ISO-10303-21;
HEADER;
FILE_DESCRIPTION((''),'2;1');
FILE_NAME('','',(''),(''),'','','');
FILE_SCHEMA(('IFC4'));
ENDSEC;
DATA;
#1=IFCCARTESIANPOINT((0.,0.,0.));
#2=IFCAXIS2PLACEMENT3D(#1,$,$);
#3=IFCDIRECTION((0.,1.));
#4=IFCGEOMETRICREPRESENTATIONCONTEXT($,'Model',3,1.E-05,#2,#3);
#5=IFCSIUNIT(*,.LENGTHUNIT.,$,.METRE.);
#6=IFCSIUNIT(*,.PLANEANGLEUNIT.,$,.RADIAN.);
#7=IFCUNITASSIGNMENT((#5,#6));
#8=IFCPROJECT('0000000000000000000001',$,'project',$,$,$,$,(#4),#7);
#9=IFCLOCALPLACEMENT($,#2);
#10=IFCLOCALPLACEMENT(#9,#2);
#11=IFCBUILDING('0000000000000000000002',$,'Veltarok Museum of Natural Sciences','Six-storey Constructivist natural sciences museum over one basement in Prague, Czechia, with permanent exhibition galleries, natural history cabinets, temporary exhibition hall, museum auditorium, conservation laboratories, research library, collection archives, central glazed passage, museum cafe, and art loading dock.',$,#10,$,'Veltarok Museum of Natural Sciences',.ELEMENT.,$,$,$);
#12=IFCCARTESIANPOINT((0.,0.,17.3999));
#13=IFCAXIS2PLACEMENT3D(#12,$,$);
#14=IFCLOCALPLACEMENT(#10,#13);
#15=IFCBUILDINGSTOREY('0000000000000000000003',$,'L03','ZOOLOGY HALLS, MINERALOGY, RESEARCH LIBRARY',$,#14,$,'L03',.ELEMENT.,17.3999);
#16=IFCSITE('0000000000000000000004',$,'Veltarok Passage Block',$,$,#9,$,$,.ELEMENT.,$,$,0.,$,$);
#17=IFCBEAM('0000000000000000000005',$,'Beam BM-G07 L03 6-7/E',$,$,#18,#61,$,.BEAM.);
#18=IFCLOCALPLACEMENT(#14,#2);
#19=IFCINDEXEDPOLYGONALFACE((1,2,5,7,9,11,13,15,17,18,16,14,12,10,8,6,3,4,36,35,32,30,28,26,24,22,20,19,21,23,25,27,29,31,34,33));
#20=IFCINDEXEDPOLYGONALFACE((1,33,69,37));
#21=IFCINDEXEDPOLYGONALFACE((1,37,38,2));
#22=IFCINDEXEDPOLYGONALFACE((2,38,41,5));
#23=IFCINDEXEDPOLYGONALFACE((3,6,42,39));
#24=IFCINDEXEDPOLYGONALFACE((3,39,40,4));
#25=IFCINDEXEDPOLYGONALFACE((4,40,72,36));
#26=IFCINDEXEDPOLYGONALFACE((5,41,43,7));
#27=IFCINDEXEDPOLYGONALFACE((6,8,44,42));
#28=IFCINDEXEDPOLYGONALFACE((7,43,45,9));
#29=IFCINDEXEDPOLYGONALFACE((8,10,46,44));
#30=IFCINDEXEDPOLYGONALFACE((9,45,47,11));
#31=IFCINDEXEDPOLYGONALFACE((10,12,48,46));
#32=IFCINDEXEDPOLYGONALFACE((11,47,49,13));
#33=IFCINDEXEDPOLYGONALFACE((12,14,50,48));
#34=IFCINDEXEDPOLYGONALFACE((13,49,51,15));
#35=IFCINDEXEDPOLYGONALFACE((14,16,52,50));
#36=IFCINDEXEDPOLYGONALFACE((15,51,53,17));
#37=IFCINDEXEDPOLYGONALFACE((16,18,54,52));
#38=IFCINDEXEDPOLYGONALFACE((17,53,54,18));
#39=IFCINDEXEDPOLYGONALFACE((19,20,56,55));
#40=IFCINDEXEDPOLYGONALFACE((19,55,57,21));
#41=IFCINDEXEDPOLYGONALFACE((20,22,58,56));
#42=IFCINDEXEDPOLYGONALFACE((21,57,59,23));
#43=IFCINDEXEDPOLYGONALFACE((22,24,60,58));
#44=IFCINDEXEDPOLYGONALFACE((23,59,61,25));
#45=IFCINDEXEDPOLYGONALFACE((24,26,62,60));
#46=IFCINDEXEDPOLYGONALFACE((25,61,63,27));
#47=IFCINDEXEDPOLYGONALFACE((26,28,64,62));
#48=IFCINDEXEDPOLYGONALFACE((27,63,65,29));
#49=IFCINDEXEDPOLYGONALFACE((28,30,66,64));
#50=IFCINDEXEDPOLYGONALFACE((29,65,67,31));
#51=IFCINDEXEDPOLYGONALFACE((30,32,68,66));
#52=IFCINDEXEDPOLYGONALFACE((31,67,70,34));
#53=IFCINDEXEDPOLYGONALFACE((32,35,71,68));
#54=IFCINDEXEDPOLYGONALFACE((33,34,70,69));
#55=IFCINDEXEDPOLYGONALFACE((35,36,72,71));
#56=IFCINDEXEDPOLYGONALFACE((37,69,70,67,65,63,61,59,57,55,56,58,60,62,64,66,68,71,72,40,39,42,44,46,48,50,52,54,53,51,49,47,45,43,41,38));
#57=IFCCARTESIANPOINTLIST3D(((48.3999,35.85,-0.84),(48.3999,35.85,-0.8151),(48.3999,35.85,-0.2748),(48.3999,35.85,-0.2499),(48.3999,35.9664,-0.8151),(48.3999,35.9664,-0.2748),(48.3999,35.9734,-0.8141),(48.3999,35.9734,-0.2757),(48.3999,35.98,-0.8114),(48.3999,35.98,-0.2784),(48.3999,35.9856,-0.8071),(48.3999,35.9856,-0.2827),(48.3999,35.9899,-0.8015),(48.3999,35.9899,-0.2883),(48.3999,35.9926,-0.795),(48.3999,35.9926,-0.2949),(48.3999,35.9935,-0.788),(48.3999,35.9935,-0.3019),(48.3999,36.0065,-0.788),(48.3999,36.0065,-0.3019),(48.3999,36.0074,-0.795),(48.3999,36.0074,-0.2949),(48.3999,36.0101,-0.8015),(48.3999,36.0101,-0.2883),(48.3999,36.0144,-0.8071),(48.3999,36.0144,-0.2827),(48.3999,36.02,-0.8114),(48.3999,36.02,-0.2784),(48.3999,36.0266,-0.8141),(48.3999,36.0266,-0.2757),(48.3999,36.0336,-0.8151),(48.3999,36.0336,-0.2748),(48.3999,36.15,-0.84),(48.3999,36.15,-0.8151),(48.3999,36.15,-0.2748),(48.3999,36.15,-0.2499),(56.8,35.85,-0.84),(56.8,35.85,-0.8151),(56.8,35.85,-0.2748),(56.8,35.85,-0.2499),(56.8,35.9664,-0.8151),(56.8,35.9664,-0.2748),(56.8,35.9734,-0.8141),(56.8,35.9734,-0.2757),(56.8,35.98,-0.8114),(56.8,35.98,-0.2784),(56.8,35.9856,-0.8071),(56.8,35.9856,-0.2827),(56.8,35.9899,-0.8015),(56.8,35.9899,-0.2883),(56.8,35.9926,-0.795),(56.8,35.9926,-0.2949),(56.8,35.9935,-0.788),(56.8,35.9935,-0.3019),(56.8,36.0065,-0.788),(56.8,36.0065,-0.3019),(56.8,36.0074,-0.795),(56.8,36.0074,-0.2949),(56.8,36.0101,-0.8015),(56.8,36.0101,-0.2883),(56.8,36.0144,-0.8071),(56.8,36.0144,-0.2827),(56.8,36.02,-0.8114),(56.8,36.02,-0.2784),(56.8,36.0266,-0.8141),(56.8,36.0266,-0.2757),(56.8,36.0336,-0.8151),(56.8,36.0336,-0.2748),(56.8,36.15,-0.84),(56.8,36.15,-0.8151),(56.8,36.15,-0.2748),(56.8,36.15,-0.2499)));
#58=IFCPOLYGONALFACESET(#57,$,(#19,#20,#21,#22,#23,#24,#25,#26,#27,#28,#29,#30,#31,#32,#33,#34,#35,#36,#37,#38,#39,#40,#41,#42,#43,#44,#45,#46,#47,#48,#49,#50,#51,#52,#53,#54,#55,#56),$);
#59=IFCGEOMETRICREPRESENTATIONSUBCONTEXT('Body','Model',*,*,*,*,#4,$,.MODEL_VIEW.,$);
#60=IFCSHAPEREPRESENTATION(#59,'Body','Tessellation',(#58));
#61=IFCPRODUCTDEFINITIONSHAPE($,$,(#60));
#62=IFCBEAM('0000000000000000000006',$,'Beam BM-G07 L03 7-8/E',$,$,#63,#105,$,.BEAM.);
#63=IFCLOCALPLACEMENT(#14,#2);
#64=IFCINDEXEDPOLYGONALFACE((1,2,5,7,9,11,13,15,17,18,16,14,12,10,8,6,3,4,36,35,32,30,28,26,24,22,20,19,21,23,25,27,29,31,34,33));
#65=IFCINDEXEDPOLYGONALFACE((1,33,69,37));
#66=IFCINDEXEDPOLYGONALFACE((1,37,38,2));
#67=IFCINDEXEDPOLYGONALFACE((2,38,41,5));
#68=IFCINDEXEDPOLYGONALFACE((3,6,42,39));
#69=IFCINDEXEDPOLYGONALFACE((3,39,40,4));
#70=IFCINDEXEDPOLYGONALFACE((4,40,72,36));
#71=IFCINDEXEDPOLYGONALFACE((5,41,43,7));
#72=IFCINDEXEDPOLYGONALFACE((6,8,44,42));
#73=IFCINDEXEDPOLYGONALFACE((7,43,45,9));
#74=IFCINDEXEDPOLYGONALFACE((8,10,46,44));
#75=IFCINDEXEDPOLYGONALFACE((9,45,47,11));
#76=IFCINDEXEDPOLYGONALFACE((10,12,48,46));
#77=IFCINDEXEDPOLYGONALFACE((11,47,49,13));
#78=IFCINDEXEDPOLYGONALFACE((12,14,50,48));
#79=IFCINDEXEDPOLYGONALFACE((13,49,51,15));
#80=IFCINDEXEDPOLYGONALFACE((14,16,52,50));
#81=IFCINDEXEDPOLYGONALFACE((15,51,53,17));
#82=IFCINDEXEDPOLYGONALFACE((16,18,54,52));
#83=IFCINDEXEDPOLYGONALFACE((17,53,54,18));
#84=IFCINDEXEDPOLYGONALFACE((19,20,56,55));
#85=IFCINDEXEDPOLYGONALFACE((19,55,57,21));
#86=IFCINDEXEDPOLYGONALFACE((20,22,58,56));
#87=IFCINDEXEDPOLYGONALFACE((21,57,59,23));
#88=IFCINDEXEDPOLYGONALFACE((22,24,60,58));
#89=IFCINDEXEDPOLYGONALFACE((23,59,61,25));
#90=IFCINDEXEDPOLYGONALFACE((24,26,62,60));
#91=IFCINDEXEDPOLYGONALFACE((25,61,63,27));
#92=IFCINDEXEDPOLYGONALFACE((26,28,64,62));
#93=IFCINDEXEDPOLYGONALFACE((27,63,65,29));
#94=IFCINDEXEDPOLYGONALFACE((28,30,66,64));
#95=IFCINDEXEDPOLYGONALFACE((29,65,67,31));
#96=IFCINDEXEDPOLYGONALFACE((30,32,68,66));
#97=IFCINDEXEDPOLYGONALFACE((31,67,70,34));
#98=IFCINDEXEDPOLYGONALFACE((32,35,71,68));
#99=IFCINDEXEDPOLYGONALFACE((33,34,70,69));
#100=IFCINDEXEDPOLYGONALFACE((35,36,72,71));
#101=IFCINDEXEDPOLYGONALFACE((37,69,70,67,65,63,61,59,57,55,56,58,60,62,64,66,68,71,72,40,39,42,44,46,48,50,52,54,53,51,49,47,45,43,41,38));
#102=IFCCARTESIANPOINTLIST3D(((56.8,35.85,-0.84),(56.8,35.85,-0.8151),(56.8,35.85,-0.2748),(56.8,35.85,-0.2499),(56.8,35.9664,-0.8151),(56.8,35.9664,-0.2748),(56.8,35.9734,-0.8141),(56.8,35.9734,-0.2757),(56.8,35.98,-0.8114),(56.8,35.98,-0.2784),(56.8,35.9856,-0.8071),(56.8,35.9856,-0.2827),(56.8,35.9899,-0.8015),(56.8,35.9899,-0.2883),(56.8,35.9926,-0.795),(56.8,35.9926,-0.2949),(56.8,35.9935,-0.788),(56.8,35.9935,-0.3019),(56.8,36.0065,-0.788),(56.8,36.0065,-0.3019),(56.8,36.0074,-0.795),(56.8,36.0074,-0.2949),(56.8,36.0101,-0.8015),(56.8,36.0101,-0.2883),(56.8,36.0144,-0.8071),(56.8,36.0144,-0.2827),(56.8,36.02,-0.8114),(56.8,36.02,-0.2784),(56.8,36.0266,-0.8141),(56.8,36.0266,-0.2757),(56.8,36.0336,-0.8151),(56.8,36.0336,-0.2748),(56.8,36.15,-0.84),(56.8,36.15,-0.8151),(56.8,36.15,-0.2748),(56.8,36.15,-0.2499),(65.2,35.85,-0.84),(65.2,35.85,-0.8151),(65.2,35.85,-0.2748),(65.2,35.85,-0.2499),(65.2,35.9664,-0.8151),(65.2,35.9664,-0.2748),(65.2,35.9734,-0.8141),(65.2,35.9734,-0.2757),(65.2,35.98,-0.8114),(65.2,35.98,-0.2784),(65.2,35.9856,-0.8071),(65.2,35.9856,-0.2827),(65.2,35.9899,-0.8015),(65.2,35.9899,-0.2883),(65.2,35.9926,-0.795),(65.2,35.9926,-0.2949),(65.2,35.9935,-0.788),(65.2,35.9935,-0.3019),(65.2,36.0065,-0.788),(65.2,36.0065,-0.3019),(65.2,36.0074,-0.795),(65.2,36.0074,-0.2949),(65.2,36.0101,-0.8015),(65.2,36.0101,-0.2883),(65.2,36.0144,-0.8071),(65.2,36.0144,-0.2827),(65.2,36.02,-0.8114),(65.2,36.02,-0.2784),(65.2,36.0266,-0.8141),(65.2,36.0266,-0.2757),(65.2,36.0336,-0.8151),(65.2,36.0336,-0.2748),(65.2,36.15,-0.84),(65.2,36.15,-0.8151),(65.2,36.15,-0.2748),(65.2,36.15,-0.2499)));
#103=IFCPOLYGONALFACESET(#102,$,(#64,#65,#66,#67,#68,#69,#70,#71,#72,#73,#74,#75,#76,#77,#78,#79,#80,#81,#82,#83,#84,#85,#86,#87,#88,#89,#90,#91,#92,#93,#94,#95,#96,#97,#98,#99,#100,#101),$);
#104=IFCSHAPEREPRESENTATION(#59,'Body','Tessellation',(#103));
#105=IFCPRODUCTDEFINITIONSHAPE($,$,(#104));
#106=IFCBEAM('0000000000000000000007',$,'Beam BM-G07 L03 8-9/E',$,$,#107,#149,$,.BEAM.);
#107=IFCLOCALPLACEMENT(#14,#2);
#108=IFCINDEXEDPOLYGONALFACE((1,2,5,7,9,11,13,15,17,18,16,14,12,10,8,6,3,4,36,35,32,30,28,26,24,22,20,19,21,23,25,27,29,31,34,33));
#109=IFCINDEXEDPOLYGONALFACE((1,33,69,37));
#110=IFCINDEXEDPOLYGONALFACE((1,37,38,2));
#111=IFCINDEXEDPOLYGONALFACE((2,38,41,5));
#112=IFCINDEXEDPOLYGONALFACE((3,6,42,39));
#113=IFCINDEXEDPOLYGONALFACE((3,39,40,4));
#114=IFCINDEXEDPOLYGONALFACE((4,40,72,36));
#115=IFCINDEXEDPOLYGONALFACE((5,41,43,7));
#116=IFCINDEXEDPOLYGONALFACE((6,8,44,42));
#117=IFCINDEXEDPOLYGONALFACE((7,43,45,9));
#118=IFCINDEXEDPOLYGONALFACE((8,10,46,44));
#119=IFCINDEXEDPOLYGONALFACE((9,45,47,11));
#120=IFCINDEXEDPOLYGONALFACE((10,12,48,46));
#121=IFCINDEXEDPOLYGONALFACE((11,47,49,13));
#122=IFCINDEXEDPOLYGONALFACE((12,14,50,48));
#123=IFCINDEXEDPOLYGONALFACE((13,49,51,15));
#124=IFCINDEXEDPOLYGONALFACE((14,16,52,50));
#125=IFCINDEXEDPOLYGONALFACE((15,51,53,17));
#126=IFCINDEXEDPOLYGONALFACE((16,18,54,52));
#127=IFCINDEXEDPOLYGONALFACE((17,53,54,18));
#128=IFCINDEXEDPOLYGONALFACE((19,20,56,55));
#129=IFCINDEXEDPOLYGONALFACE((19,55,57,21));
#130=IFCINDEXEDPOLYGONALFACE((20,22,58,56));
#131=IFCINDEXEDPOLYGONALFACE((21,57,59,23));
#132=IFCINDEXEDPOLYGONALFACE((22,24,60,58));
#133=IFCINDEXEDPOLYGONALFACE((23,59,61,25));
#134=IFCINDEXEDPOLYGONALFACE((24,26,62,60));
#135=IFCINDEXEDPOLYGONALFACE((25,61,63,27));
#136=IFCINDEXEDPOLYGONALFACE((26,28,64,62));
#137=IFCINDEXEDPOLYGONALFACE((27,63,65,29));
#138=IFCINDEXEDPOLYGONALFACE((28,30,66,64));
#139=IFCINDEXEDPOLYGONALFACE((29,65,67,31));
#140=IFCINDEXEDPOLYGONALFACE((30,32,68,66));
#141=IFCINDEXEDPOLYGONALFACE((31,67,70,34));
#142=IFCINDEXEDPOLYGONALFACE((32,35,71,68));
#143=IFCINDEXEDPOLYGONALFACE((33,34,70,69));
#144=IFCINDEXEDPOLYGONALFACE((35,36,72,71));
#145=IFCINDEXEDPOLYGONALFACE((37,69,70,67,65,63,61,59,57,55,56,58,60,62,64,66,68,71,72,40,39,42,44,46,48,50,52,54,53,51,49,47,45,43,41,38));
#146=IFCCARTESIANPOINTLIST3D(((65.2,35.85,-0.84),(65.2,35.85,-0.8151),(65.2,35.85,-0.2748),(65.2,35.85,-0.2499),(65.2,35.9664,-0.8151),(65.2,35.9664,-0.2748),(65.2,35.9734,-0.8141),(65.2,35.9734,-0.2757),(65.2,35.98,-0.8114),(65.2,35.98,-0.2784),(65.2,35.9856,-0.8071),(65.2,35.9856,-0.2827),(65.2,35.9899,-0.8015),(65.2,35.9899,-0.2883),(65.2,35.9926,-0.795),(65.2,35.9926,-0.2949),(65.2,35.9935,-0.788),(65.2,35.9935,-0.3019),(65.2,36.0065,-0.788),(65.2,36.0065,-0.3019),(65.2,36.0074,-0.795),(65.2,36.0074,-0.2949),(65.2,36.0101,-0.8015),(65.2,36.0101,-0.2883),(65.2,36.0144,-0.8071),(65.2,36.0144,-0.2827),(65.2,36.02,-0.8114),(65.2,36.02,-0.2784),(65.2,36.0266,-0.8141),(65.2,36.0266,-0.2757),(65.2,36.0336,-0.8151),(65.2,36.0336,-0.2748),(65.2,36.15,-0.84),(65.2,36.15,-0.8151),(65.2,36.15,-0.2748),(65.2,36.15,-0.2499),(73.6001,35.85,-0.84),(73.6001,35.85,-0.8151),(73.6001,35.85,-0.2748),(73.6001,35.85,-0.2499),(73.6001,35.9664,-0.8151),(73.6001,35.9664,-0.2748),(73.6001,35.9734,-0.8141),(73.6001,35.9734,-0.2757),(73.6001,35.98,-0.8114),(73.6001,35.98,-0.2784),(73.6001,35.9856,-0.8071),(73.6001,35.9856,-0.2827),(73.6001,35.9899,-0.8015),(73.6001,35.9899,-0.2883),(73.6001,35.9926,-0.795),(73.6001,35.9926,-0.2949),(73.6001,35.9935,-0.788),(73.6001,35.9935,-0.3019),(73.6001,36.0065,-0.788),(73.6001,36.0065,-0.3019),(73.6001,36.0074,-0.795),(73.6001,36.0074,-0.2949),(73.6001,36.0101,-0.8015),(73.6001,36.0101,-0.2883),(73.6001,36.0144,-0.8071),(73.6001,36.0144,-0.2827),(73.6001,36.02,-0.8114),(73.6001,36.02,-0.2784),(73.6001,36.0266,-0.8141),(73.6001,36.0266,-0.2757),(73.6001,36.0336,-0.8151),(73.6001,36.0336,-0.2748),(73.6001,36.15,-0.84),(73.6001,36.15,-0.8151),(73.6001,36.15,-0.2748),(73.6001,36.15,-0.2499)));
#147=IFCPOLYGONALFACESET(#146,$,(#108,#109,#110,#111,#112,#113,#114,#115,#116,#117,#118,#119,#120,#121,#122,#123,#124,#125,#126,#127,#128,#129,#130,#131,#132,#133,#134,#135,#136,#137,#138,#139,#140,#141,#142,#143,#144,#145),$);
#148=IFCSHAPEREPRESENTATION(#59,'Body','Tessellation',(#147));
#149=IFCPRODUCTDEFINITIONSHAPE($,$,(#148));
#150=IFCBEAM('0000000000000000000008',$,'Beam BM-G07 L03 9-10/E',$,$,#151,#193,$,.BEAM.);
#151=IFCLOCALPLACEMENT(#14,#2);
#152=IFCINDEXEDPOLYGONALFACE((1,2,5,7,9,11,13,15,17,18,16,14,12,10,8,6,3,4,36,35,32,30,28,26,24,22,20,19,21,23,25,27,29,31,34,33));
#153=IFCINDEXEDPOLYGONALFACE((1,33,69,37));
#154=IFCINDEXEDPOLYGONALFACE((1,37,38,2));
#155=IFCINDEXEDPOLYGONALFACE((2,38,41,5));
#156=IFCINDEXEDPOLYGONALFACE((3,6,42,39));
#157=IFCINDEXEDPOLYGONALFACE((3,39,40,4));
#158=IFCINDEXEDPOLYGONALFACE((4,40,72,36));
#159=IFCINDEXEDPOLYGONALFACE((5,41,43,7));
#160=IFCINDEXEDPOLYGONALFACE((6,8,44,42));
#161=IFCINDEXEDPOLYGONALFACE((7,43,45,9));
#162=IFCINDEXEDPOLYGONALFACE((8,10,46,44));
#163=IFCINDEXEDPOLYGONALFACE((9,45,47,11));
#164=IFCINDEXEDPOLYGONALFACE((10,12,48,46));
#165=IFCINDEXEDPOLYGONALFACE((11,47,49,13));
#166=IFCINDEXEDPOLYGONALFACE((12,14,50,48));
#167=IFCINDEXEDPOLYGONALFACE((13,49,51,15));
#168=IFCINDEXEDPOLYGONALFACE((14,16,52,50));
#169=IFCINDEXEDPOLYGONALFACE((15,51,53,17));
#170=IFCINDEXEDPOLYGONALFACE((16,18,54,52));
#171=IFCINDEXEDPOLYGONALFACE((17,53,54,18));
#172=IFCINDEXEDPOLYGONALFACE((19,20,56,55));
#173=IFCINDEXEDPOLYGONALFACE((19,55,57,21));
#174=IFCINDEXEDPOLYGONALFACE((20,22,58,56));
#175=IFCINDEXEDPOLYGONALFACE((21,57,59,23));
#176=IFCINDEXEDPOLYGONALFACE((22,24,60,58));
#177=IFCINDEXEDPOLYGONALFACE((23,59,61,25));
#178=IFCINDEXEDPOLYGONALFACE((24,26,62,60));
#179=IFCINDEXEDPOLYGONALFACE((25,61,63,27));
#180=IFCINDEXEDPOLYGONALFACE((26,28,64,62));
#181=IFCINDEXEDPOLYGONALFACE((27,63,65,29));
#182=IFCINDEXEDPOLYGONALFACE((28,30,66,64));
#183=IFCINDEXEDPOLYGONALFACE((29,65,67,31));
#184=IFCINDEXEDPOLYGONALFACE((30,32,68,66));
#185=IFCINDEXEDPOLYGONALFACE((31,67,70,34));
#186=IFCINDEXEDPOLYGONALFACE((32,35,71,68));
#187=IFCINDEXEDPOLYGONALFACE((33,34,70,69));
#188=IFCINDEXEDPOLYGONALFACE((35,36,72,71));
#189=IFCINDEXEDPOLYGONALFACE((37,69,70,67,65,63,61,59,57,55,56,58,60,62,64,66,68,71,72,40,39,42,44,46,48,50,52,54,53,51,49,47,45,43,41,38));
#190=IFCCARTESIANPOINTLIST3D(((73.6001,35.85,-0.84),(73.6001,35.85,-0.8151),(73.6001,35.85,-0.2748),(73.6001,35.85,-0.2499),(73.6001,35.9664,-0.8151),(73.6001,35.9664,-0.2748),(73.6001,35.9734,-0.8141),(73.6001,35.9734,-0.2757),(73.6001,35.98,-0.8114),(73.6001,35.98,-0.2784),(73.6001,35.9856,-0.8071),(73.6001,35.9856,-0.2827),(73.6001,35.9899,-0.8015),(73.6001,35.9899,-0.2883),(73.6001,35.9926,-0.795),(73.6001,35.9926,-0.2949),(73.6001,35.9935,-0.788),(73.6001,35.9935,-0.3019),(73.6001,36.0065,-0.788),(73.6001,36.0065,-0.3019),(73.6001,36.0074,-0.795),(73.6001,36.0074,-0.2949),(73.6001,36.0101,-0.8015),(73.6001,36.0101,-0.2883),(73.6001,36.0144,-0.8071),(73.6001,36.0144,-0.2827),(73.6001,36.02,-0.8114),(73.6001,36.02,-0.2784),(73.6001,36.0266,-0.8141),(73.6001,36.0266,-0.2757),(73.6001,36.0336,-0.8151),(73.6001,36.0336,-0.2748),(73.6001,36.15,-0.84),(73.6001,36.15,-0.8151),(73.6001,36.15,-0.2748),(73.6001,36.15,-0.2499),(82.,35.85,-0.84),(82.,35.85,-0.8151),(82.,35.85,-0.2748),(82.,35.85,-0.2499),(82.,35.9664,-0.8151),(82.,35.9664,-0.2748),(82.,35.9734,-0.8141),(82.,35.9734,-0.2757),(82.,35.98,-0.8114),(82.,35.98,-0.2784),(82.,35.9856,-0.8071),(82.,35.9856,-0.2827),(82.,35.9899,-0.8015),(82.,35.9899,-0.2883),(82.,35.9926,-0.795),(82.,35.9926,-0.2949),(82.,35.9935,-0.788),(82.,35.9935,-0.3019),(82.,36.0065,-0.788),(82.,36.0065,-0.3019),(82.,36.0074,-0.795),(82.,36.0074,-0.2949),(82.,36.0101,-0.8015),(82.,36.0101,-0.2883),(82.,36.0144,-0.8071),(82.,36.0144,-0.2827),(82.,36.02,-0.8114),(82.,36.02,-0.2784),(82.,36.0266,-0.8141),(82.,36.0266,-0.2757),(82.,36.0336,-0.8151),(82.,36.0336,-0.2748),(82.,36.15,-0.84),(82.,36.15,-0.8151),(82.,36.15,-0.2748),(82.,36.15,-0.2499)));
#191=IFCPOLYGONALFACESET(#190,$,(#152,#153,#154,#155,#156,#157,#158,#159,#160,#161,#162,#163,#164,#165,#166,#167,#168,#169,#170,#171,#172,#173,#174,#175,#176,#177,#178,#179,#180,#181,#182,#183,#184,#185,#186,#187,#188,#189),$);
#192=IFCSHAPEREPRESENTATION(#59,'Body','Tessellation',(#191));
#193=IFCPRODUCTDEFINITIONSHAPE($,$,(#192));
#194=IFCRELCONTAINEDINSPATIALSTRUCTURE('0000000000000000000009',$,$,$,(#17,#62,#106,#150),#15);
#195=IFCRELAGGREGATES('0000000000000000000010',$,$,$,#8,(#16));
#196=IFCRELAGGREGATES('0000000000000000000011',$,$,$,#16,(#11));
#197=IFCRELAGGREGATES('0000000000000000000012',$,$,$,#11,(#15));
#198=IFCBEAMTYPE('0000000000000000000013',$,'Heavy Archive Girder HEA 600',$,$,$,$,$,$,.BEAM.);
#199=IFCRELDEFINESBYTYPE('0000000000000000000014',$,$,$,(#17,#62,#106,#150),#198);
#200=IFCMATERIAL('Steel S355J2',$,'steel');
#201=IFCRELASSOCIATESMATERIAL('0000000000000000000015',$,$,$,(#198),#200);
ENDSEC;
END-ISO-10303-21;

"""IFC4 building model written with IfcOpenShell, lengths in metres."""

from ifc_helpers import new_model, si_unit, direction, frame, origin, origin_2d, place, context, subcontext, project, spatial, i_section, extrude, material, material_profile, profile_set, type_object, element, save


model = new_model("IFC4")

# Units and contexts
model_context = context("Model", 3, precision=1e-05, world=origin(), true_north=direction((0.0, 1.0)))
body_context = subcontext(model_context, "Body", "Model", "MODEL_VIEW")
ifc_project = project(units=[si_unit("LENGTHUNIT", "METRE"), si_unit("PLANEANGLEUNIT", "RADIAN")], contexts=[model_context])

# Site, building, storey
site_placement = place(None, origin())
site = spatial("IfcSite", under=ifc_project, at=site_placement, Name="Veltarok Passage Block", CompositionType="ELEMENT", RefElevation=0.0)
building_placement = place(site_placement, origin())
building = spatial("IfcBuilding", under=site, at=building_placement, Name="Veltarok Museum of Natural Sciences", Description="Six-storey Constructivist natural sciences museum over one basement in Prague, Czechia, with permanent exhibition galleries, natural history cabinets, temporary exhibition hall, museum auditorium, conservation laboratories, research library, collection archives, central glazed passage, museum cafe, and art loading dock.", LongName="Veltarok Museum of Natural Sciences", CompositionType="ELEMENT")
storey_placement = place(building_placement, frame((0.0, 0.0, 17.3999)))
storey = spatial("IfcBuildingStorey", under=building, at=storey_placement, Name="L03", Description="ZOOLOGY HALLS, MINERALOGY, RESEARCH LIBRARY", LongName="L03", CompositionType="ELEMENT", Elevation=17.3999)

# Shared definitions
ifc_material = material(Name="Steel S355J2", Category="steel")

# Beams
ifc_material_profile_1 = material_profile(ifc_material, i_section(OverallWidth=0.3, OverallDepth=0.5901, WebThickness=0.0129, FlangeThickness=0.0249, FilletRadius=0.0271, at=origin_2d()), Name="HEA 600")
ifc_profile_set_1 = profile_set([ifc_material_profile_1], Name="Steel S355J2")
beam_type_1 = type_object("IfcBeamType", Name="Heavy Archive Girder HEA 600", PredefinedType="BEAM", material=ifc_profile_set_1)
beam_1_placement = place(storey_placement, frame((48.3999, 36.0, -0.5449), z_axis=(1.0, 0.0, 0.0), x_axis=(0.0, 1.0, 0.0)))
element("IfcBeam", 1, at=beam_1_placement, inside=storey, type_object=beam_type_1, Name="Beam BM-G07 L03 6-7/E", PredefinedType="BEAM", context=body_context, shape_type="SweptSolid", body=[
    extrude(i_section(OverallWidth=0.3, OverallDepth=0.5901, WebThickness=0.0129, FlangeThickness=0.0249, FilletRadius=0.0271, at=origin_2d()), origin(), (0.0, 0.0, 1.0), 8.4001),
])
beam_2_placement = place(storey_placement, frame((56.8, 36.0, -0.5449), z_axis=(1.0, 0.0, 0.0), x_axis=(0.0, 1.0, 0.0)))
element("IfcBeam", 2, at=beam_2_placement, inside=storey, type_object=beam_type_1, Name="Beam BM-G07 L03 7-8/E", PredefinedType="BEAM", context=body_context, shape_type="SweptSolid", body=[
    extrude(i_section(OverallWidth=0.3, OverallDepth=0.5901, WebThickness=0.0129, FlangeThickness=0.0249, FilletRadius=0.0271, at=origin_2d()), origin(), (0.0, 0.0, 1.0), 8.3999),
])
beam_3_placement = place(storey_placement, frame((65.2, 36.0, -0.5449), z_axis=(1.0, 0.0, 0.0), x_axis=(0.0, 1.0, 0.0)))
element("IfcBeam", 3, at=beam_3_placement, inside=storey, type_object=beam_type_1, Name="Beam BM-G07 L03 8-9/E", PredefinedType="BEAM", context=body_context, shape_type="SweptSolid", body=[
    extrude(i_section(OverallWidth=0.3, OverallDepth=0.5901, WebThickness=0.0129, FlangeThickness=0.0249, FilletRadius=0.0271, at=origin_2d()), origin(), (0.0, 0.0, 1.0), 8.4001),
])
beam_4_placement = place(storey_placement, frame((73.6001, 36.0, -0.5449), z_axis=(1.0, 0.0, 0.0), x_axis=(0.0, 1.0, 0.0)))
element("IfcBeam", 4, at=beam_4_placement, inside=storey, type_object=beam_type_1, Name="Beam BM-G07 L03 9-10/E", PredefinedType="BEAM", context=body_context, shape_type="SweptSolid", body=[
    extrude(i_section(OverallWidth=0.3, OverallDepth=0.5901, WebThickness=0.0129, FlangeThickness=0.0249, FilletRadius=0.0271, at=origin_2d()), origin(), (0.0, 0.0, 1.0), 8.3999),
])

save(model, "model.ifc")
